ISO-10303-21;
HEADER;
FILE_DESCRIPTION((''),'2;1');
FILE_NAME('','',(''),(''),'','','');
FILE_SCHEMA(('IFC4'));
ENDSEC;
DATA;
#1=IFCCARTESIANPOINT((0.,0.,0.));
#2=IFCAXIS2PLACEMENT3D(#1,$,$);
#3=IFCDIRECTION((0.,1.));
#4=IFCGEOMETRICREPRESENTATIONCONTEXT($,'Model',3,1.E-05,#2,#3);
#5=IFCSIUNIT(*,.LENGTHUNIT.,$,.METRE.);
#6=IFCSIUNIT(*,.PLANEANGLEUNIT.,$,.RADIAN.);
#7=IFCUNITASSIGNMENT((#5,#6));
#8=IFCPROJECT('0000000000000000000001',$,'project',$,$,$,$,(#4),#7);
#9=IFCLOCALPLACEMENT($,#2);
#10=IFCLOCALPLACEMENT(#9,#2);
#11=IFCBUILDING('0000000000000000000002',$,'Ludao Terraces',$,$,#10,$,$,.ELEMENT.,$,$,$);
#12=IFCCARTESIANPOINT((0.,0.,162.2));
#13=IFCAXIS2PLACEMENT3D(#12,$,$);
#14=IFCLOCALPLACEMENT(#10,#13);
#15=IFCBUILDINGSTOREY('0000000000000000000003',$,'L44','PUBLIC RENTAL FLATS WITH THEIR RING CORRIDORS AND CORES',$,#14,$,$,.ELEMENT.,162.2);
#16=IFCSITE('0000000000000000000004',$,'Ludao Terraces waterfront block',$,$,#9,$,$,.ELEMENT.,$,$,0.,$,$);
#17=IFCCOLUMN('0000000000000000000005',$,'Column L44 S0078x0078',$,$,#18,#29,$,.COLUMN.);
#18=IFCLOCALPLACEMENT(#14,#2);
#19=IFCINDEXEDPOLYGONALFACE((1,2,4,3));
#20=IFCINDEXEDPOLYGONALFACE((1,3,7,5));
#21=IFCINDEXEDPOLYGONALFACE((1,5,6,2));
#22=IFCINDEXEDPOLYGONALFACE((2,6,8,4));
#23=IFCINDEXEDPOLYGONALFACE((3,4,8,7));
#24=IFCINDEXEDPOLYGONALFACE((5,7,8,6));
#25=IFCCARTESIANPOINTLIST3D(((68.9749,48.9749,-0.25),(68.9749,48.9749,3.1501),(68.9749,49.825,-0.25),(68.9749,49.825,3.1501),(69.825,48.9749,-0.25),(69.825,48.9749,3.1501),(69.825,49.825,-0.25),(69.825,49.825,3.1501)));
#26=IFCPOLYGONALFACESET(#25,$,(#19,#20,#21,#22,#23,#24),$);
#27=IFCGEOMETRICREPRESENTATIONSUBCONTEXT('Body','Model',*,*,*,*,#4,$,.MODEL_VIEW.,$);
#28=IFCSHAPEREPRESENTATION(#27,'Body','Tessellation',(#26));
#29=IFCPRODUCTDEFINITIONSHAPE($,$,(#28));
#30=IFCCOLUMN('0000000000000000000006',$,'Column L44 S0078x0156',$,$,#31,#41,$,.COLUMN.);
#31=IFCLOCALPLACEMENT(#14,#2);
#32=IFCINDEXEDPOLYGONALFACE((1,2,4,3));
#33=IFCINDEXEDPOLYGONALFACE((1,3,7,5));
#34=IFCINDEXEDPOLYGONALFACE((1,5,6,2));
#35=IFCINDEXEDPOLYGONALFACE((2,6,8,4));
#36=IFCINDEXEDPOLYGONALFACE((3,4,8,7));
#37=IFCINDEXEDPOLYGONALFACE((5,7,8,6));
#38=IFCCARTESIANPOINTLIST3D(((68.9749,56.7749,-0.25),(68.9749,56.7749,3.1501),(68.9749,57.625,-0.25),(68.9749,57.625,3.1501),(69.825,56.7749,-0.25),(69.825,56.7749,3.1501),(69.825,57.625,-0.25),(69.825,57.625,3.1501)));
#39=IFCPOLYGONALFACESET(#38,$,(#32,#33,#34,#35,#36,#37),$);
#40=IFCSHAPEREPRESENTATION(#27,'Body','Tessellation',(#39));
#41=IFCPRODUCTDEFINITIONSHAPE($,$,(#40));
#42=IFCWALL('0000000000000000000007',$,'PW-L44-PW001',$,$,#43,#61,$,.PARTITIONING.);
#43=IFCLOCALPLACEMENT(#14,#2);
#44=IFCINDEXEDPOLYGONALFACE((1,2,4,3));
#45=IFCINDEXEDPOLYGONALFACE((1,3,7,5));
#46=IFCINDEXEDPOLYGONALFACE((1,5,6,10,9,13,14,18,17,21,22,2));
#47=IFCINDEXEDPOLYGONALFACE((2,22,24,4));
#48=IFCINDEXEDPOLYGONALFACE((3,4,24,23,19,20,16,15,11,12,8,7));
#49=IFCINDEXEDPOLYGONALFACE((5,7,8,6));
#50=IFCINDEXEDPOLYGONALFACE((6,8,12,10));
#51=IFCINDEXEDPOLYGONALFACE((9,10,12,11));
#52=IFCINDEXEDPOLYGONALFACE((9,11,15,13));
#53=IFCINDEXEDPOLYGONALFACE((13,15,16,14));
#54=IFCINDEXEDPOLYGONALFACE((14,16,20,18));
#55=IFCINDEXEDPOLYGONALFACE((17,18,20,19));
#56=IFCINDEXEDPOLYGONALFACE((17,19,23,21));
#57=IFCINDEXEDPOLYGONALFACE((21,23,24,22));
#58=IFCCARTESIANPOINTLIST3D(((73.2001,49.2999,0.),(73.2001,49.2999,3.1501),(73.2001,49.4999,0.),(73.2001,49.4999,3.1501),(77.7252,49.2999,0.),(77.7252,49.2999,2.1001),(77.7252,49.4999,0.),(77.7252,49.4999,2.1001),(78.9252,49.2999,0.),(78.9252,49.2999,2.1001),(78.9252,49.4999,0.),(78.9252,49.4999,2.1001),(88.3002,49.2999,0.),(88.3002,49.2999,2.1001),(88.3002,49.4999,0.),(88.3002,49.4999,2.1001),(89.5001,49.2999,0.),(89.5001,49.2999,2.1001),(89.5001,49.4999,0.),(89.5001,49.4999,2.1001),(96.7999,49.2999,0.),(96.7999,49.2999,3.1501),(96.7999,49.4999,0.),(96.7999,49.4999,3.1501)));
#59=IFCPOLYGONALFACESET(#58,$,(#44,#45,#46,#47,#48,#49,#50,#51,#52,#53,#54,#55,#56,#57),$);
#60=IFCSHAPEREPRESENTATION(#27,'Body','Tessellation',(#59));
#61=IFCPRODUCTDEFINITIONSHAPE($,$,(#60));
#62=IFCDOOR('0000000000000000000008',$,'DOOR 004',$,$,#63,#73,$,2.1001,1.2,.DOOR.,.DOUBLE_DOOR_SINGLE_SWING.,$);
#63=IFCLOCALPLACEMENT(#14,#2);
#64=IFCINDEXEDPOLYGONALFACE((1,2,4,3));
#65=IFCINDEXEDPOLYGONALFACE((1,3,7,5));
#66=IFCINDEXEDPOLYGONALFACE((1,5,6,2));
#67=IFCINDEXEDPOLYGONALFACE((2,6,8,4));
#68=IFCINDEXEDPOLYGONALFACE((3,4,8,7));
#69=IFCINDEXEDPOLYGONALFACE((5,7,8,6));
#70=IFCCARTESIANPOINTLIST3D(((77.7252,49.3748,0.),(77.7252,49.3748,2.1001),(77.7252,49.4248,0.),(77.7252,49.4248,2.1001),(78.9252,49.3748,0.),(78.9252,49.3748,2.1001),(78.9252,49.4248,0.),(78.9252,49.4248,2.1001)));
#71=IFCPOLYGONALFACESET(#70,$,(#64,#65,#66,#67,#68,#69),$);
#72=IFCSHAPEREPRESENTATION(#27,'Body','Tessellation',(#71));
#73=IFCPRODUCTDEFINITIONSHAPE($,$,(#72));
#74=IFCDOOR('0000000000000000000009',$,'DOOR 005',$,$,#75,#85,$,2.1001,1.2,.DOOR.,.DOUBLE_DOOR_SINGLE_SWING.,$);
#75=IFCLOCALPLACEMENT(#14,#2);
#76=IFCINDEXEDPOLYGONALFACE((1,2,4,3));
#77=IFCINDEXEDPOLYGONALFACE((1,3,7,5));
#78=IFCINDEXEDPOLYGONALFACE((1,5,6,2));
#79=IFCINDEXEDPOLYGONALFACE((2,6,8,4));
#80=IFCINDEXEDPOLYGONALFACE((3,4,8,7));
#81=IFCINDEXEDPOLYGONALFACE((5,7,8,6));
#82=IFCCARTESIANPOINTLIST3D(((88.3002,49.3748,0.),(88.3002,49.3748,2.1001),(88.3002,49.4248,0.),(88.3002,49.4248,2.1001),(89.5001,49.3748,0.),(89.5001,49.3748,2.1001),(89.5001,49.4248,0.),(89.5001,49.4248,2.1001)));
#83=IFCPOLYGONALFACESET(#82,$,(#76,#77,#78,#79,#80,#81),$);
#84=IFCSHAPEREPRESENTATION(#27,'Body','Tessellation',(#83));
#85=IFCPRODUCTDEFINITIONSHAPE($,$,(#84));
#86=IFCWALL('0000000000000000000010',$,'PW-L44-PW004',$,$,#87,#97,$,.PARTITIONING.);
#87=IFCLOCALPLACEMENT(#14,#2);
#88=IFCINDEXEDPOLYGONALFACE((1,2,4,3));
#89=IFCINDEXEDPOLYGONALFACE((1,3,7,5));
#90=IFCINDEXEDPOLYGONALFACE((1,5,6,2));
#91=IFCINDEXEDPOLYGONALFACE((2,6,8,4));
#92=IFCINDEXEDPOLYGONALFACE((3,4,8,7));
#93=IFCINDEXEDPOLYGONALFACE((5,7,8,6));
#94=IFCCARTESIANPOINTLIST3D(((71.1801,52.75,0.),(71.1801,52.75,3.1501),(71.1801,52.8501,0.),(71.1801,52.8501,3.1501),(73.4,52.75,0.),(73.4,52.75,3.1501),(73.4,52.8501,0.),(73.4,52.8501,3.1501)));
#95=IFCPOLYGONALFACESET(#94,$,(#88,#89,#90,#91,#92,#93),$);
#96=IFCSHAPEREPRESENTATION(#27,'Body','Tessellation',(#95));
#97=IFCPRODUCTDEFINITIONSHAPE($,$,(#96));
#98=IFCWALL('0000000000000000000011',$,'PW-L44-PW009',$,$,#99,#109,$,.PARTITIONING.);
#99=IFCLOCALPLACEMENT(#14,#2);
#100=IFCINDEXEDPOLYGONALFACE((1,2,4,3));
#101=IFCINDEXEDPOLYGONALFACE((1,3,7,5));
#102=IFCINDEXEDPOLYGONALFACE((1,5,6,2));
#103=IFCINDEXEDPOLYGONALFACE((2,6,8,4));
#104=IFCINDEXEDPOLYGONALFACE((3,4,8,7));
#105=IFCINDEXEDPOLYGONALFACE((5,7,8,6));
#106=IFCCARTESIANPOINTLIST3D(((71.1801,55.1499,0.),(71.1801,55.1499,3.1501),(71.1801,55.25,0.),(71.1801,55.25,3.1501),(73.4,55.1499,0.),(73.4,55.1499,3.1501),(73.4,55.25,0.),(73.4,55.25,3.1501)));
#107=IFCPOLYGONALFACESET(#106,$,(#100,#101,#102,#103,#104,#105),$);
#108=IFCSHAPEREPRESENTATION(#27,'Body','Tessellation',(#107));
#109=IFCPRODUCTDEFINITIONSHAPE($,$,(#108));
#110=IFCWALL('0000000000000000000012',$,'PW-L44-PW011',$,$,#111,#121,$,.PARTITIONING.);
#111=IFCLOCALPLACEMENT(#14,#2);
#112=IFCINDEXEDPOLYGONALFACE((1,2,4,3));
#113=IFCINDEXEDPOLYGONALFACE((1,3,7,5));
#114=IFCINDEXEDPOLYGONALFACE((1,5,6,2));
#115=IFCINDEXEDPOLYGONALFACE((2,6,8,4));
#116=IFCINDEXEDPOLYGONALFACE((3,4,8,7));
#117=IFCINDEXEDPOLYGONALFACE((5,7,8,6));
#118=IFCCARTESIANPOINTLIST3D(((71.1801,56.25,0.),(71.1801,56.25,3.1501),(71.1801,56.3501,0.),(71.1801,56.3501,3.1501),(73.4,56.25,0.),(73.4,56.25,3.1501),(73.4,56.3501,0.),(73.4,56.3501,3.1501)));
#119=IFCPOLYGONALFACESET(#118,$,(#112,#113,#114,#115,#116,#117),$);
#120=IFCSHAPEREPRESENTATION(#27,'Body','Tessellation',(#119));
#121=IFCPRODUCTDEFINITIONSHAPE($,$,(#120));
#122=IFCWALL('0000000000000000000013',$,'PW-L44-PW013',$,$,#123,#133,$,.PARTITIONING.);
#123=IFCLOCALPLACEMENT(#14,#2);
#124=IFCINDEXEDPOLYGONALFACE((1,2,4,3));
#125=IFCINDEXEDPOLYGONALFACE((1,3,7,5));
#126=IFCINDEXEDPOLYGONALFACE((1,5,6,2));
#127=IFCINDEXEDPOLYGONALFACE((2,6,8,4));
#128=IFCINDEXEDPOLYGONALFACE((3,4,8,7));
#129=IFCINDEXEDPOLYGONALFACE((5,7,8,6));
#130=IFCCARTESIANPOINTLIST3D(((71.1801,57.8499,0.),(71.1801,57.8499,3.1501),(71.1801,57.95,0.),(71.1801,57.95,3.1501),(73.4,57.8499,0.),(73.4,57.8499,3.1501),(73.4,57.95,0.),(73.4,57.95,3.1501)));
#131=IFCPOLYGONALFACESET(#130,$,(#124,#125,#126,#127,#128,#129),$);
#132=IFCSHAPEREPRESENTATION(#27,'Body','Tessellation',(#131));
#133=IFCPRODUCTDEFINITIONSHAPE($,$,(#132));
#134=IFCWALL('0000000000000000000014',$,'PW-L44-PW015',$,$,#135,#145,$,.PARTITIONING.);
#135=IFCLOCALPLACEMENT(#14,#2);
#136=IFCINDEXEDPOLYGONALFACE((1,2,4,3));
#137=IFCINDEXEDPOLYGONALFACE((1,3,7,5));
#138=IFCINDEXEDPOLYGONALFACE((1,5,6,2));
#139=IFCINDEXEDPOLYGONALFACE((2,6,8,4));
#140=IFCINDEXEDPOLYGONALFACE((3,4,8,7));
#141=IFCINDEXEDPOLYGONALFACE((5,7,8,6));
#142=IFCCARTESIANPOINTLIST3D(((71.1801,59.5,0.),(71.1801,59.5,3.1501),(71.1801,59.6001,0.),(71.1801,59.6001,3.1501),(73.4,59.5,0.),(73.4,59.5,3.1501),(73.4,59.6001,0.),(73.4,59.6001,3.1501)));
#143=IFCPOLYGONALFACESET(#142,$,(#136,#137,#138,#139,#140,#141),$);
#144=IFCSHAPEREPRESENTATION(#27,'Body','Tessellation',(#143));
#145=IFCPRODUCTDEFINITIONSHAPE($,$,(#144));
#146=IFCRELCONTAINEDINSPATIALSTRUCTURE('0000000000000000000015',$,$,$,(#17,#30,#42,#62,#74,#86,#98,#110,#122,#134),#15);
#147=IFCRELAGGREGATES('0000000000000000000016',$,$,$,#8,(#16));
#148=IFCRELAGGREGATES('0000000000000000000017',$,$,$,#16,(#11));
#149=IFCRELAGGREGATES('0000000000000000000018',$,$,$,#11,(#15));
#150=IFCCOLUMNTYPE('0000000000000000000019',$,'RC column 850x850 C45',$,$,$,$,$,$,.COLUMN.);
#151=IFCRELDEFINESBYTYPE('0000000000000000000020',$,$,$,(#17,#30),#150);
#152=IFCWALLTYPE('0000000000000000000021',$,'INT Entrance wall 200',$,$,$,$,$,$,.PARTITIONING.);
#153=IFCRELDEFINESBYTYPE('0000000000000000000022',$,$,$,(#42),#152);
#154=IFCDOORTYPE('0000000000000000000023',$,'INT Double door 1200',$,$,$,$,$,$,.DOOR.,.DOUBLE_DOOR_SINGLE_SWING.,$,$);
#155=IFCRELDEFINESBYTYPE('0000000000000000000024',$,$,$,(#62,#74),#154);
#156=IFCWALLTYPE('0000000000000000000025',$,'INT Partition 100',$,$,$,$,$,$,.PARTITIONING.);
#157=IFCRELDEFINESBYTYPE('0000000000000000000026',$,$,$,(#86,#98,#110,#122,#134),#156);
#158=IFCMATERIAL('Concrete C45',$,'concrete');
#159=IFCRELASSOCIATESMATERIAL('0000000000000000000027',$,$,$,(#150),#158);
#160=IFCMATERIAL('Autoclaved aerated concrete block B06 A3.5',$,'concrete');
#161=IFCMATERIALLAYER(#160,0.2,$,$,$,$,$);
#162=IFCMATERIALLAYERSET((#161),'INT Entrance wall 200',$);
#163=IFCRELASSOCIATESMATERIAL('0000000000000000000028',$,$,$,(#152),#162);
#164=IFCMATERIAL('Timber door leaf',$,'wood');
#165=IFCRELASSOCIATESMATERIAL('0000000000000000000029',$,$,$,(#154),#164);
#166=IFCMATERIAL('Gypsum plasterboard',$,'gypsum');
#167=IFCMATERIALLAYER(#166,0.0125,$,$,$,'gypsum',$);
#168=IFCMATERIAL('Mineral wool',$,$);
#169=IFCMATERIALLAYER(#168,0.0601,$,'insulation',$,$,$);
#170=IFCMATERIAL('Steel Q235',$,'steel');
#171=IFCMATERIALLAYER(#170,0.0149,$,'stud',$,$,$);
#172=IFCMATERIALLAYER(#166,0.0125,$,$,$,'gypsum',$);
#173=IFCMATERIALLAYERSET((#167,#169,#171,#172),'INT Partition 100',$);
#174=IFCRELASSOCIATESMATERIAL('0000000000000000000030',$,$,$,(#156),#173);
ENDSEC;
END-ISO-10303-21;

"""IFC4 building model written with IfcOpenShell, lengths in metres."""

from ifc_helpers import new_model, si_unit, direction, frame, frame_2d, origin, origin_2d, place, context, subcontext, project, spatial, rectangle, extrude, material, layer, layer_set, material_profile, profile_set, type_object, element, fill, save


model = new_model("IFC4")

# Units and contexts
model_context = context("Model", 3, precision=1e-05, world=origin(), true_north=direction((0.0, 1.0)))
body_context = subcontext(model_context, "Body", "Model", "MODEL_VIEW")
ifc_project = project(units=[si_unit("LENGTHUNIT", "METRE"), si_unit("PLANEANGLEUNIT", "RADIAN")], contexts=[model_context])

# Site, building, storey
site_placement = place(None, origin())
site = spatial("IfcSite", under=ifc_project, at=site_placement, Name="Ludao Terraces waterfront block", CompositionType="ELEMENT", RefElevation=0.0)
building_placement = place(site_placement, origin())
building = spatial("IfcBuilding", under=site, at=building_placement, Name="Ludao Terraces", CompositionType="ELEMENT")
storey_placement = place(building_placement, frame((0.0, 0.0, 162.2)))
storey = spatial("IfcBuildingStorey", under=building, at=storey_placement, Name="L44", Description="PUBLIC RENTAL FLATS WITH THEIR RING CORRIDORS AND CORES", CompositionType="ELEMENT", Elevation=162.2)

# Columns
ifc_material_1 = material(Name="Concrete C45", Category="concrete")
ifc_material_profile = material_profile(ifc_material_1, rectangle(XDim=0.8501, YDim=0.8501, at=origin_2d()), Name="850 X 850")
ifc_profile_set = profile_set([ifc_material_profile], Name="Concrete C45")
column_type = type_object("IfcColumnType", Name="RC column 850x850 C45", PredefinedType="COLUMN", material=ifc_profile_set)
for number, where, z_axis, x_axis, name in (
    (1, (69.3999, 49.3999, -0.25), (0.0, 0.0, 1.0), (1.0, 0.0, 0.0), "Column L44 S0078x0078"),
    (2, (69.3999, 57.2, -0.25), (0.0, 0.0, 1.0), (1.0, 0.0, 0.0), "Column L44 S0078x0156"),
):
    element("IfcColumn", number, at=place(storey_placement, frame(where, z_axis=z_axis, x_axis=x_axis)), inside=storey, type_object=column_type, Name=name, PredefinedType="COLUMN", context=body_context, shape_type="SweptSolid", body=[
        extrude(rectangle(XDim=0.8501, YDim=0.8501, at=origin_2d()), origin(), (0.0, 0.0, 1.0), 3.4001),
    ])

# Wall, openings, doors
ifc_material_2 = material(Name="Autoclaved aerated concrete block B06 A3.5", Category="concrete")
ifc_layer_1 = layer(ifc_material_2, 0.2)
ifc_layer_set_1 = layer_set([ifc_layer_1], Name="INT Entrance wall 200")
wall_type_1 = type_object("IfcWallType", Name="INT Entrance wall 200", PredefinedType="PARTITIONING", material=ifc_layer_set_1)
wall_1_placement = place(storey_placement, frame((73.2002, 49.3999, 0.0), z_axis=(0.0, 0.0, 1.0), x_axis=(1.0, 0.0, 0.0)))
wall_1 = element("IfcWall", 3, at=wall_1_placement, inside=storey, type_object=wall_type_1, Name="PW-L44-PW001", PredefinedType="PARTITIONING", context=body_context, shape_type="SweptSolid", body=[
    extrude(rectangle(XDim=23.5999, YDim=0.2, at=frame_2d((11.7998, 0.0))), origin(), (0.0, 0.0, 1.0), 3.1501),
])
opening_1_placement = place(wall_1_placement, frame((4.5249, 0.0, 0.0)))
opening_1 = element("IfcOpeningElement", 4, at=opening_1_placement, cuts=wall_1, PredefinedType="OPENING", context=body_context, shape_type="SweptSolid", body=[
    extrude(rectangle(XDim=1.2, YDim=2.1001, at=frame_2d((0.6001, 1.05))), frame((0.0, 0.1099, 0.0), z_axis=(0.0, -1.0, 0.0), x_axis=(1.0, 0.0, 0.0)), (0.0, 0.0, 1.0), 0.22),
])
opening_2_placement = place(wall_1_placement, frame((15.0999, 0.0, 0.0)))
opening_2 = element("IfcOpeningElement", 5, at=opening_2_placement, cuts=wall_1, PredefinedType="OPENING", context=body_context, shape_type="SweptSolid", body=[
    extrude(rectangle(XDim=1.2, YDim=2.1001, at=frame_2d((0.6001, 1.05))), frame((0.0, 0.1099, 0.0), z_axis=(0.0, -1.0, 0.0), x_axis=(1.0, 0.0, 0.0)), (0.0, 0.0, 1.0), 0.22),
])
ifc_material_3 = material(Name="Timber door leaf", Category="wood")
door_type_1 = type_object("IfcDoorType", Name="INT Double door 1200", OperationType="DOUBLE_DOOR_SINGLE_SWING", PredefinedType="DOOR", material=ifc_material_3)
door_1_placement = place(opening_1_placement, origin())
door_1 = element("IfcDoor", 6, at=door_1_placement, inside=storey, type_object=door_type_1, Name="DOOR 004", OperationType="DOUBLE_DOOR_SINGLE_SWING", OverallHeight=2.1001, OverallWidth=1.2, PredefinedType="DOOR", context=body_context, shape_type="SweptSolid", body=[
    extrude(rectangle(XDim=1.2, YDim=2.1001, at=frame_2d((0.6001, 1.05))), frame((0.0, 0.0249, 0.0), z_axis=(0.0, -1.0, 0.0), x_axis=(1.0, 0.0, 0.0)), (0.0, 0.0, 1.0), 0.05),
])
fill(opening_1, door_1)
door_2_placement = place(opening_2_placement, origin())
door_2 = element("IfcDoor", 7, at=door_2_placement, inside=storey, type_object=door_type_1, Name="DOOR 005", OperationType="DOUBLE_DOOR_SINGLE_SWING", OverallHeight=2.1001, OverallWidth=1.2, PredefinedType="DOOR", context=body_context, shape_type="SweptSolid", body=[
    extrude(rectangle(XDim=1.2, YDim=2.1001, at=frame_2d((0.6001, 1.05))), frame((0.0, 0.0249, 0.0), z_axis=(0.0, -1.0, 0.0), x_axis=(1.0, 0.0, 0.0)), (0.0, 0.0, 1.0), 0.05),
])
fill(opening_2, door_2)

# Walls
ifc_material_4 = material(Name="Gypsum plasterboard", Category="gypsum")
ifc_layer_2 = layer(ifc_material_4, 0.0125, Category="gypsum")
ifc_material_5 = material(Name="Mineral wool")
ifc_layer_3 = layer(ifc_material_5, 0.0601, Name="insulation")
ifc_material_6 = material(Name="Steel Q235", Category="steel")
ifc_layer_4 = layer(ifc_material_6, 0.0149, Name="stud")
ifc_layer_5 = layer(ifc_material_4, 0.0125, Category="gypsum")
ifc_layer_set_2 = layer_set([ifc_layer_2, ifc_layer_3, ifc_layer_4, ifc_layer_5], Name="INT Partition 100")
wall_type_2 = type_object("IfcWallType", Name="INT Partition 100", PredefinedType="PARTITIONING", material=ifc_layer_set_2)
for number, where, z_axis, x_axis, name in (
    (8, (71.1802, 52.8, 0.0), (0.0, 0.0, 1.0), (1.0, 0.0, 0.0), "PW-L44-PW004"),
    (9, (71.1802, 55.2, 0.0), (0.0, 0.0, 1.0), (1.0, 0.0, 0.0), "PW-L44-PW009"),
    (10, (71.1802, 56.3, 0.0), (0.0, 0.0, 1.0), (1.0, 0.0, 0.0), "PW-L44-PW011"),
    (11, (71.1802, 57.8999, 0.0), (0.0, 0.0, 1.0), (1.0, 0.0, 0.0), "PW-L44-PW013"),
    (12, (71.1802, 59.55, 0.0), (0.0, 0.0, 1.0), (1.0, 0.0, 0.0), "PW-L44-PW015"),
):
    element("IfcWall", number, at=place(storey_placement, frame(where, z_axis=z_axis, x_axis=x_axis)), inside=storey, type_object=wall_type_2, Name=name, PredefinedType="PARTITIONING", context=body_context, shape_type="SweptSolid", body=[
        extrude(rectangle(XDim=2.22, YDim=0.1001, at=frame_2d((1.1099, 0.0))), origin(), (0.0, 0.0, 1.0), 3.1501),
    ])

save(model, "model.ifc")
